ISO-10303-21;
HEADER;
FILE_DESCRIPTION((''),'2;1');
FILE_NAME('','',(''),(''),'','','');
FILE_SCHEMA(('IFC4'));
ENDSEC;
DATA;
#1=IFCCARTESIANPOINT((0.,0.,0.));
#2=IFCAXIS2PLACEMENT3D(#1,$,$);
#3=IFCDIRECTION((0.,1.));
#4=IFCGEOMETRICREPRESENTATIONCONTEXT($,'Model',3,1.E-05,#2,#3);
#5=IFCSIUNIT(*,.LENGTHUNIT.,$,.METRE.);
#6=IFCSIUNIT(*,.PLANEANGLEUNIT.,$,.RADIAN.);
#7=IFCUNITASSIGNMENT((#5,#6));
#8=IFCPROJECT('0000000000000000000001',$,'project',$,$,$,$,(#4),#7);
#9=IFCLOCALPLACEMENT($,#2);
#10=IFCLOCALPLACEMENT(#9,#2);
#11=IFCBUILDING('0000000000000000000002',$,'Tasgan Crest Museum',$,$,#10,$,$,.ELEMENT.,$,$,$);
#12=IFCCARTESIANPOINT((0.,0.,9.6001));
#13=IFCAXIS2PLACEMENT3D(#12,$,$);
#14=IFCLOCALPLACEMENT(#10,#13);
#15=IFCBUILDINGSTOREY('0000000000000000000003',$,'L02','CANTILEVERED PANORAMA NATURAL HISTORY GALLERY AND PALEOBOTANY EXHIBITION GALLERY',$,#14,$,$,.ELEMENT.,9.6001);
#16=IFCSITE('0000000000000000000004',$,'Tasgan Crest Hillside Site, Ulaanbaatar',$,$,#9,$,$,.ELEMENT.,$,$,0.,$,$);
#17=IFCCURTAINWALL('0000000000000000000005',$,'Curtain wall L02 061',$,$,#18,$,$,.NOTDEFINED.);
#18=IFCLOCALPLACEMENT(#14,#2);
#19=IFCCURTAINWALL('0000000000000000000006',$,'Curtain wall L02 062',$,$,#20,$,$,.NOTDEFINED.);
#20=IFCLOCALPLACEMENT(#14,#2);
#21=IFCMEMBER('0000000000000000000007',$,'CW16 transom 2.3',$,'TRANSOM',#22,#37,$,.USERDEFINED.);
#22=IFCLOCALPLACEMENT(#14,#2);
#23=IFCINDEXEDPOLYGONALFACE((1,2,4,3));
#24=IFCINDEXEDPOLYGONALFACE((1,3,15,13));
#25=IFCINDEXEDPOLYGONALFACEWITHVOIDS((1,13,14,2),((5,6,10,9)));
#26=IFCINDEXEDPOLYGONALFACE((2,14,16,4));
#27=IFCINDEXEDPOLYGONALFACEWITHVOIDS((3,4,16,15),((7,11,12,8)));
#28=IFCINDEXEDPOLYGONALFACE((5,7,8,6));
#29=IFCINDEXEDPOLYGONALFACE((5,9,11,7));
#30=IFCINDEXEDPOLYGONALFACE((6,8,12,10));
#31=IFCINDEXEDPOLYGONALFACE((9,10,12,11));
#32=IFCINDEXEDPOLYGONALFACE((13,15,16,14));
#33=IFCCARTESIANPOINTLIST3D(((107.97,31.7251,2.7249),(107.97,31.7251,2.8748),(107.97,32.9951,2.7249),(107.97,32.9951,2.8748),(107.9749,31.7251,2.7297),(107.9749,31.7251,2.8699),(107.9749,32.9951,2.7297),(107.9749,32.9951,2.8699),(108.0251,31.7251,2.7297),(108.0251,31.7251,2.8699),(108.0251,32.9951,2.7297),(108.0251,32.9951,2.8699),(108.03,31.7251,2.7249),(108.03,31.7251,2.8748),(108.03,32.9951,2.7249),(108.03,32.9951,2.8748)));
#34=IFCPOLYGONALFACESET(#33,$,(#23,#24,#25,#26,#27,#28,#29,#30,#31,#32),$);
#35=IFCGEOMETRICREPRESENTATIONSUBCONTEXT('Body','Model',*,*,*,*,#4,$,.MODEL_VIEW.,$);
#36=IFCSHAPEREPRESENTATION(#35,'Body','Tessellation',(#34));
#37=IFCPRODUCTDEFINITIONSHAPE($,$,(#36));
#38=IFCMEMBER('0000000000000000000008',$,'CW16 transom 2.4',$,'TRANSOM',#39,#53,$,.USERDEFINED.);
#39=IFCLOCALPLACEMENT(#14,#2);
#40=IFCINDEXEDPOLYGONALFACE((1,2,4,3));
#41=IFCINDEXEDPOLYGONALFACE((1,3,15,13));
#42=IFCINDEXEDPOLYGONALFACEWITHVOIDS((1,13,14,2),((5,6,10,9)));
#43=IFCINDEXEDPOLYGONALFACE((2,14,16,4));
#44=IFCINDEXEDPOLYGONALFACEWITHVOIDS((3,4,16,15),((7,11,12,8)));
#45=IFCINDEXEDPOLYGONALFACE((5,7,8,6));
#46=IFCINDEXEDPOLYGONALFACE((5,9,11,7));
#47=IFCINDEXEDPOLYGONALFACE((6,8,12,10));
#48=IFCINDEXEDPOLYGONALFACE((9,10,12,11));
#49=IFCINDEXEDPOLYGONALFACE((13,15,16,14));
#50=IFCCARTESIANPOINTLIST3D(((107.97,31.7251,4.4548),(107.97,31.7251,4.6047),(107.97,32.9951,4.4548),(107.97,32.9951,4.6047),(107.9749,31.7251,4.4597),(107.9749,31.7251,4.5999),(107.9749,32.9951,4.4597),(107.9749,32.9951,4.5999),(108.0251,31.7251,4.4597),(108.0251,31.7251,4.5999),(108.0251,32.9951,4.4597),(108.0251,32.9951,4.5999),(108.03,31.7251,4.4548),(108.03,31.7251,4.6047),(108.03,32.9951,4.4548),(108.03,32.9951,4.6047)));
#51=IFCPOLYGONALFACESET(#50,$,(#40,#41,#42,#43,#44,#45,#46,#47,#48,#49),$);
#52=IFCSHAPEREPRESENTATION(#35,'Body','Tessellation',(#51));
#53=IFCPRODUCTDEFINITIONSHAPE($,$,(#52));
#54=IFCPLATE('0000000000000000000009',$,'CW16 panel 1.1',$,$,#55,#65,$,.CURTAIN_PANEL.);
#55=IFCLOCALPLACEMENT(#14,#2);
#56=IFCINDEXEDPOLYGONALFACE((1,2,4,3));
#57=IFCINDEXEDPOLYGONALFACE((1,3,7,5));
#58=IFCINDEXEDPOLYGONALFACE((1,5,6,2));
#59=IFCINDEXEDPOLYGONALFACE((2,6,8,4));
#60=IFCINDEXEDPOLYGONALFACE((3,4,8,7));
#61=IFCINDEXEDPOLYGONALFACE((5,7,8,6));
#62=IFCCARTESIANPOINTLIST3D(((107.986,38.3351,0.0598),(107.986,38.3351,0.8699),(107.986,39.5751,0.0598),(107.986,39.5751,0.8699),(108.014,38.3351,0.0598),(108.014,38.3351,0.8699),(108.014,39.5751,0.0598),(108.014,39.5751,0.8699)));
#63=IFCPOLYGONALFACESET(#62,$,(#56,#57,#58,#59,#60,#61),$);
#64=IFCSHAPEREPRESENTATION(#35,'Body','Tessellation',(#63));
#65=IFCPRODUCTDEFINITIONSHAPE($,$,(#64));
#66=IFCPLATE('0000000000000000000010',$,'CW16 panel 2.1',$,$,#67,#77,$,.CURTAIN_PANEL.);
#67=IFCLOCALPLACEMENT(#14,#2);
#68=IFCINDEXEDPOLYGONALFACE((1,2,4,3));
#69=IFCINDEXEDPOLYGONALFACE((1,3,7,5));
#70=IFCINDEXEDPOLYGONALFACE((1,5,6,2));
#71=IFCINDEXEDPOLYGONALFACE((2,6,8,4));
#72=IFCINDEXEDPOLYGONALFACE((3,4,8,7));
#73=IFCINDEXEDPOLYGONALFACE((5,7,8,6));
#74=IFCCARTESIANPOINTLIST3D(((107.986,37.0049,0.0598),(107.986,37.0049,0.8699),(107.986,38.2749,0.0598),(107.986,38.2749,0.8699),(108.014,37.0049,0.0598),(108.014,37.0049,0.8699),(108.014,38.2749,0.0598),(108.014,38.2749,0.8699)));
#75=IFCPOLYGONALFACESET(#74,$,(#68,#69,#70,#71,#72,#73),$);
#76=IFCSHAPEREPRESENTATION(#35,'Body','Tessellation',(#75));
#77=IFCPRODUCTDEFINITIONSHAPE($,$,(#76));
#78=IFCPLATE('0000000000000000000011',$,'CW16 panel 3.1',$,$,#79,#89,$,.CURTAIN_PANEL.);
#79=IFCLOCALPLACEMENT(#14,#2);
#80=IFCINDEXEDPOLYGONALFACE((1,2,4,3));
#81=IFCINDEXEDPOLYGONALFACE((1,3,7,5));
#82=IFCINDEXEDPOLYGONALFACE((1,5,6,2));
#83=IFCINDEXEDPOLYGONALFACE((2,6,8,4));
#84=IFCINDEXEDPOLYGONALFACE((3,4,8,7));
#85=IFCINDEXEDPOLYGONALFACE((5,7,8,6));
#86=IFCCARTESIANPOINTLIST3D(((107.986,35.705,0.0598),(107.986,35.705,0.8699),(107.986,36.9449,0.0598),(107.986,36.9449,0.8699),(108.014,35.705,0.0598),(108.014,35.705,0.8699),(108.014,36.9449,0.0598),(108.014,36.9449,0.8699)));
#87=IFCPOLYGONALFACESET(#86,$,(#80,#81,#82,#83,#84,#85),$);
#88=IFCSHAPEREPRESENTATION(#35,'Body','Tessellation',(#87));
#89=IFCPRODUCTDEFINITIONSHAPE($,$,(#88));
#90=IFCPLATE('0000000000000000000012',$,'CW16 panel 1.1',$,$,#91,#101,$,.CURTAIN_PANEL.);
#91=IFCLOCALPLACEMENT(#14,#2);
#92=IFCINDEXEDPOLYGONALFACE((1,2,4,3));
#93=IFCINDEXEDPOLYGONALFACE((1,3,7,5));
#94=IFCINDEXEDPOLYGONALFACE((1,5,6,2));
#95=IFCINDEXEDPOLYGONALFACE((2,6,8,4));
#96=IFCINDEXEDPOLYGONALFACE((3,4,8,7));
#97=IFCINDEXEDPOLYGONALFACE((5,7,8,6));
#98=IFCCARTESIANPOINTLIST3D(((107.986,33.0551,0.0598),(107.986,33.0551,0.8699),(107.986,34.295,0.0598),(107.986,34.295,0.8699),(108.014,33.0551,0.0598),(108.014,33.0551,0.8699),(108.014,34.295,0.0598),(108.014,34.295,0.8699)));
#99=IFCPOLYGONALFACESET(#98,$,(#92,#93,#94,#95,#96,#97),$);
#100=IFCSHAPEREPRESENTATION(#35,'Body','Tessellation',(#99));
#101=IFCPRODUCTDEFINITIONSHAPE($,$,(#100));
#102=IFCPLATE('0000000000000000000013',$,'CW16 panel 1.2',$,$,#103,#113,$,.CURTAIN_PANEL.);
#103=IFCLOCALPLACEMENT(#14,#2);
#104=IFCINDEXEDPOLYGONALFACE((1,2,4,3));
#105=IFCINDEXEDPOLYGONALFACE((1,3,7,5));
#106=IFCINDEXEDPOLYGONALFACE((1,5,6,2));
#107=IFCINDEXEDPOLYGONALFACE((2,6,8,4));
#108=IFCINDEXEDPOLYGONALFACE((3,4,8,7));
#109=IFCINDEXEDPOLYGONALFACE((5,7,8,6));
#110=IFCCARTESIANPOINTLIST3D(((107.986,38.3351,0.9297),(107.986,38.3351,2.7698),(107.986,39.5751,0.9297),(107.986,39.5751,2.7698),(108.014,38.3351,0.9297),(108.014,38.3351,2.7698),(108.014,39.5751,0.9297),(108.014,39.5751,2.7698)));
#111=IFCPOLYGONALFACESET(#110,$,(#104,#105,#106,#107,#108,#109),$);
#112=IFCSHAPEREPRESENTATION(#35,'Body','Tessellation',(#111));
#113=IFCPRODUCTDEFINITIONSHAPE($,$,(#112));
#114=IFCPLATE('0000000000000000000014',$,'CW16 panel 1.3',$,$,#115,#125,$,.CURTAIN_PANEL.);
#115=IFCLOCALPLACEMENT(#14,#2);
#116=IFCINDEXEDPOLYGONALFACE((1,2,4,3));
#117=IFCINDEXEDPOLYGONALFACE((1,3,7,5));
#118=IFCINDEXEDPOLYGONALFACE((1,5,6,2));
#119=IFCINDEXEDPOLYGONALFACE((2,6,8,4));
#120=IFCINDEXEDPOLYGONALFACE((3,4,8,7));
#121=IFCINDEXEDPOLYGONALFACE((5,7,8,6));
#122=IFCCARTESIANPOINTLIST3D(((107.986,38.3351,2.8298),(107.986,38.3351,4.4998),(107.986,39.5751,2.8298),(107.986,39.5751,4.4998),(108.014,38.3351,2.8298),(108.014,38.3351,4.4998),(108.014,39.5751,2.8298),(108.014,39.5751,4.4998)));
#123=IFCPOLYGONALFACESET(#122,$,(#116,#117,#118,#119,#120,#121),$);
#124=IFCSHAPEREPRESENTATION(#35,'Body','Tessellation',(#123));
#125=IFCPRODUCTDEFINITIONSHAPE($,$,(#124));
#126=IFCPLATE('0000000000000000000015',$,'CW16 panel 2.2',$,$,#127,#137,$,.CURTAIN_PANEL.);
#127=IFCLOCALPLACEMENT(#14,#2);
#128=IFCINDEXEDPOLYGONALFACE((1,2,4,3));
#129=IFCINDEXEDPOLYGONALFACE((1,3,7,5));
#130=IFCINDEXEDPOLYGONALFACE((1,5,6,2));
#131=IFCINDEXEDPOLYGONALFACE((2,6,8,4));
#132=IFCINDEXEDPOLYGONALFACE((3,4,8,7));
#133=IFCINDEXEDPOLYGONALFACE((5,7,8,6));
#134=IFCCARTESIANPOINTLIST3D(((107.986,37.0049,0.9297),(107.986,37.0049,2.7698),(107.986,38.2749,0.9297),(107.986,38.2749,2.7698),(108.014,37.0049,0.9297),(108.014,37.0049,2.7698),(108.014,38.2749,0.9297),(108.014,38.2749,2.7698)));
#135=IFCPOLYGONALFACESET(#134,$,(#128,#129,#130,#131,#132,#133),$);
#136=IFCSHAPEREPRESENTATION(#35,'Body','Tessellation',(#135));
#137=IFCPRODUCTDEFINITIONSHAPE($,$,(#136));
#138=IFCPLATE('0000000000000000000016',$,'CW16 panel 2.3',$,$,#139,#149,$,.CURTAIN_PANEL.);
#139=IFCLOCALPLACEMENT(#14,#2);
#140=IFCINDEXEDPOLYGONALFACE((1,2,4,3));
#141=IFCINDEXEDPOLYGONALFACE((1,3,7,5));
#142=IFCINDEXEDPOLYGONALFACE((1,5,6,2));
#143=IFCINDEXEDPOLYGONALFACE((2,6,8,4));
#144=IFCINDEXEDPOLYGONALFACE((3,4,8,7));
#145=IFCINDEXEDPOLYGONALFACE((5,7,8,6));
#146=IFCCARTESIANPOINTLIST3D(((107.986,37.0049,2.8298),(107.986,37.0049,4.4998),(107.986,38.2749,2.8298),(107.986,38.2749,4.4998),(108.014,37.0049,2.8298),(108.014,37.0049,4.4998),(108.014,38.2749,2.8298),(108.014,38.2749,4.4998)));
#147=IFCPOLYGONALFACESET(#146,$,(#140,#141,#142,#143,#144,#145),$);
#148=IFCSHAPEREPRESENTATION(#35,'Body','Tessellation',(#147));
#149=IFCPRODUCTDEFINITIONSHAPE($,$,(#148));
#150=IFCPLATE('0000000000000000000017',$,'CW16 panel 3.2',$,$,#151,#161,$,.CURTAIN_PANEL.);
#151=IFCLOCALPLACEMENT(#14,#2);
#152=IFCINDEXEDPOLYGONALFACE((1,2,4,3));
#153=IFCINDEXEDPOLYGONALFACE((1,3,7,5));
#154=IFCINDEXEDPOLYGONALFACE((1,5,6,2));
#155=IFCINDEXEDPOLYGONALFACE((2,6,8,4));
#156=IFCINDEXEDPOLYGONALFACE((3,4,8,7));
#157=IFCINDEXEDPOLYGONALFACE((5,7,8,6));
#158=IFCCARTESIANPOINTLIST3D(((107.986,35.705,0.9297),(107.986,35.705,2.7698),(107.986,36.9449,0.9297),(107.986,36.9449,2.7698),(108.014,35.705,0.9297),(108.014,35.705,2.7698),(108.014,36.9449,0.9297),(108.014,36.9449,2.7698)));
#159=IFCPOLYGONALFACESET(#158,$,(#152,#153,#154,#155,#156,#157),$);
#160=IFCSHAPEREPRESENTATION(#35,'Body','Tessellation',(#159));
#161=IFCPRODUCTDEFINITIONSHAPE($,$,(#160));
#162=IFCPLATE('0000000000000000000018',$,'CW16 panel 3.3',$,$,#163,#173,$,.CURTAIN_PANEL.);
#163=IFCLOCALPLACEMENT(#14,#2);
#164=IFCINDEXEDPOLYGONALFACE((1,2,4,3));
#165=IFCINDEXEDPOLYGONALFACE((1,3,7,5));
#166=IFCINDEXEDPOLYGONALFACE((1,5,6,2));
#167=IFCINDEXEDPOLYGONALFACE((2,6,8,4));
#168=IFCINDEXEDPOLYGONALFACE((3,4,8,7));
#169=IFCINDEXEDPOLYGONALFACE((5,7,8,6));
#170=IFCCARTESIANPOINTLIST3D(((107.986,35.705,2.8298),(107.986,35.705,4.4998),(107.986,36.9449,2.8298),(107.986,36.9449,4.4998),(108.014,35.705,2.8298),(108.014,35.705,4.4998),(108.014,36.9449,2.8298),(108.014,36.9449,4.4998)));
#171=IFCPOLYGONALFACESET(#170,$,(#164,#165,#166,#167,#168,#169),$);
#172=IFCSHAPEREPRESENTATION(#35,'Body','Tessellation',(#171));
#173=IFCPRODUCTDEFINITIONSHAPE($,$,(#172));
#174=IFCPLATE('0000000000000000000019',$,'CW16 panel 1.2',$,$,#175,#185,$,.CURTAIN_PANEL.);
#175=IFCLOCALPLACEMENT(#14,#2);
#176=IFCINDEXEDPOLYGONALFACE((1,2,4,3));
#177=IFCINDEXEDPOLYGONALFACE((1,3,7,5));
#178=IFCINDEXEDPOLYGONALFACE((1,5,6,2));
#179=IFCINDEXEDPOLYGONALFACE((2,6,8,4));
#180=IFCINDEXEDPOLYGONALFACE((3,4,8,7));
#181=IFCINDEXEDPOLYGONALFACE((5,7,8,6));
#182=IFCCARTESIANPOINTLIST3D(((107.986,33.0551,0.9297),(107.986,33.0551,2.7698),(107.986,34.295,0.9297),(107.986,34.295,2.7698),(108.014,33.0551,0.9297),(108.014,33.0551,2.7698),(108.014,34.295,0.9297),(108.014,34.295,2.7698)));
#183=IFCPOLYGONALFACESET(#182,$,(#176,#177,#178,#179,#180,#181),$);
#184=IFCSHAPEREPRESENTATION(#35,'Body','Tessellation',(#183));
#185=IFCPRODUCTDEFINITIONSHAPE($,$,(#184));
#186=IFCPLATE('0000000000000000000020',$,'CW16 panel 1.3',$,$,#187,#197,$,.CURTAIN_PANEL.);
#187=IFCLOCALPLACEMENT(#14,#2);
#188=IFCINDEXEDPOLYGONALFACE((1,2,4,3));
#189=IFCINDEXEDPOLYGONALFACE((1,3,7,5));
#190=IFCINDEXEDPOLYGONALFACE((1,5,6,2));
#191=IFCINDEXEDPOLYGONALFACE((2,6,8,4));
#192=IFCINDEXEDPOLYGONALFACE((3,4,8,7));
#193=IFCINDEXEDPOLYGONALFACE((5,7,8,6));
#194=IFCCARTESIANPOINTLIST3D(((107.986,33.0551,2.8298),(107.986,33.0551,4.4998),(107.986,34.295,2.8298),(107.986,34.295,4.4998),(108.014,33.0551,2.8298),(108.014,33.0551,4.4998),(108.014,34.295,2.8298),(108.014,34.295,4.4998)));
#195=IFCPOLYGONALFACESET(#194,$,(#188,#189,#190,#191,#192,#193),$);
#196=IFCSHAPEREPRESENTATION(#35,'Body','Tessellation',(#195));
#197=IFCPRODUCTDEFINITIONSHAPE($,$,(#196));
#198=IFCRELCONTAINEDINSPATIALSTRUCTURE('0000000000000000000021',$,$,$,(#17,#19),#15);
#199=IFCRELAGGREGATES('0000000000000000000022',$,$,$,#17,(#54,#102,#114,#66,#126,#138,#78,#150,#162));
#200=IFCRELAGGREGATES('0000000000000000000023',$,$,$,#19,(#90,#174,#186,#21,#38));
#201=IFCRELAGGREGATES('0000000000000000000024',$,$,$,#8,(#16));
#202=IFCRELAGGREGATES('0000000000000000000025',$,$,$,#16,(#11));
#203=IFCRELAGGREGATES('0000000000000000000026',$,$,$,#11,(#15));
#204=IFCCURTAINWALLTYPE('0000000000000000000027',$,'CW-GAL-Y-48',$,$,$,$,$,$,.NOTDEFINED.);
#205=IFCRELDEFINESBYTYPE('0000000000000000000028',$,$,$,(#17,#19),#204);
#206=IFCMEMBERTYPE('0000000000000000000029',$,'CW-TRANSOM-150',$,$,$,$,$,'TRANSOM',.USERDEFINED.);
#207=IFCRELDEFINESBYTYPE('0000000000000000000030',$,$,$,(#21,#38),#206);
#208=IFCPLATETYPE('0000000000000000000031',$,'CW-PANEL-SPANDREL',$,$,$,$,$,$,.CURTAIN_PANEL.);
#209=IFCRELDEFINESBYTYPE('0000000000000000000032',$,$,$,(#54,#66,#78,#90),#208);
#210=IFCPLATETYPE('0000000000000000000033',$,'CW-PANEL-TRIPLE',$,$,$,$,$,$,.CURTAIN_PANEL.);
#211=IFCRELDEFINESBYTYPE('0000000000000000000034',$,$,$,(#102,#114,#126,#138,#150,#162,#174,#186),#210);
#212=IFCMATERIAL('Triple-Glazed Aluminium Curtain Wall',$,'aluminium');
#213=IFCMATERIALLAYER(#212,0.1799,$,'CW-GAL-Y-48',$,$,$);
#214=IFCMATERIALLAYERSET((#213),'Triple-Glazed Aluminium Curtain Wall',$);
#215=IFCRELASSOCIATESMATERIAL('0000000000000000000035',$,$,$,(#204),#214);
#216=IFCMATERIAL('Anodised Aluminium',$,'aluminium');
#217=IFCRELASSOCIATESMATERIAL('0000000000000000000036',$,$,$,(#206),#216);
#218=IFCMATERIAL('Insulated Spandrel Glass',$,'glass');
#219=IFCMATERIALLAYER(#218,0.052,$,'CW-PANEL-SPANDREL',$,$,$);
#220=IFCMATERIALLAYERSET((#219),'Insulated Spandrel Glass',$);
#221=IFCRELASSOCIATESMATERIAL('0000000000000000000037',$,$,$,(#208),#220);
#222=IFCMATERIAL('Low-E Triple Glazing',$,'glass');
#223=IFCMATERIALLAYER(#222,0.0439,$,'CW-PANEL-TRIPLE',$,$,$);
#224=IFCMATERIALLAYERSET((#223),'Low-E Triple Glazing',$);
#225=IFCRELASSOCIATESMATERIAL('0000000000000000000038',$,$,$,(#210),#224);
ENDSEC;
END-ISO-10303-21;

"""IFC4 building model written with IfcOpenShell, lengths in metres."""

from ifc_helpers import new_model, si_unit, direction, frame, origin, origin_2d, place, context, subcontext, project, spatial, rectangle, hollow_rectangle, extrude, material, layer, layer_set, material_profile, profile_set, type_object, element, aggregate, save


model = new_model("IFC4")

# Units and contexts
model_context = context("Model", 3, precision=1e-05, world=origin(), true_north=direction((0.0, 1.0)))
body_context = subcontext(model_context, "Body", "Model", "MODEL_VIEW")
ifc_project = project(units=[si_unit("LENGTHUNIT", "METRE"), si_unit("PLANEANGLEUNIT", "RADIAN")], contexts=[model_context])

# Site, building, storey
site_placement = place(None, origin())
site = spatial("IfcSite", under=ifc_project, at=site_placement, Name="Tasgan Crest Hillside Site, Ulaanbaatar", CompositionType="ELEMENT", RefElevation=0.0)
building_placement = place(site_placement, origin())
building = spatial("IfcBuilding", under=site, at=building_placement, Name="Tasgan Crest Museum", CompositionType="ELEMENT")
storey_placement = place(building_placement, frame((0.0, 0.0, 9.6001)))
storey = spatial("IfcBuildingStorey", under=building, at=storey_placement, Name="L02", Description="CANTILEVERED PANORAMA NATURAL HISTORY GALLERY AND PALEOBOTANY EXHIBITION GALLERY", CompositionType="ELEMENT", Elevation=9.6001)

# Curtain walls
ifc_material_1 = material(Name="Triple-Glazed Aluminium Curtain Wall", Category="aluminium")
ifc_layer_1 = layer(ifc_material_1, 0.1799, Name="CW-GAL-Y-48")
ifc_layer_set_1 = layer_set([ifc_layer_1], Name="Triple-Glazed Aluminium Curtain Wall")
curtain_wall_type = type_object("IfcCurtainWallType", Name="CW-GAL-Y-48", PredefinedType="NOTDEFINED", material=ifc_layer_set_1)
curtain_wall_1_placement = place(storey_placement, origin())
curtain_wall_1 = element("IfcCurtainWall", 1, at=curtain_wall_1_placement, inside=storey, type_object=curtain_wall_type, Name="Curtain wall L02 061", PredefinedType="NOTDEFINED")
curtain_wall_2_placement = place(storey_placement, origin())
curtain_wall_2 = element("IfcCurtainWall", 2, at=curtain_wall_2_placement, inside=storey, type_object=curtain_wall_type, Name="Curtain wall L02 062", PredefinedType="NOTDEFINED")

# Members
ifc_material_2 = material(Name="Anodised Aluminium", Category="aluminium")
ifc_material_profile_1 = material_profile(ifc_material_2, hollow_rectangle(XDim=0.0601, YDim=0.1499, WallThickness=0.0049, at=origin_2d()), Name="ALU TRANSOM 150x60x5")
ifc_profile_set_1 = profile_set([ifc_material_profile_1], Name="Anodised Aluminium")
member_type_1 = type_object("IfcMemberType", Name="CW-TRANSOM-150", ElementType="TRANSOM", PredefinedType="USERDEFINED", material=ifc_profile_set_1)
member_1_placement = place(storey_placement, frame((108.0, 32.9951, 2.7998), z_axis=(0.0, -1.0, 0.0), x_axis=(1.0, 0.0, 0.0)))
member_1 = element("IfcMember", 3, at=member_1_placement, type_object=member_type_1, Name="CW16 transom 2.3", ObjectType="TRANSOM", PredefinedType="USERDEFINED", context=body_context, shape_type="SweptSolid", body=[
    extrude(hollow_rectangle(XDim=0.0601, YDim=0.1499, WallThickness=0.0049, at=origin_2d()), origin(), (0.0, 0.0, 1.0), 1.27),
])
member_2_placement = place(storey_placement, frame((108.0, 32.9951, 4.5298), z_axis=(0.0, -1.0, 0.0), x_axis=(1.0, 0.0, 0.0)))
member_2 = element("IfcMember", 4, at=member_2_placement, type_object=member_type_1, Name="CW16 transom 2.4", ObjectType="TRANSOM", PredefinedType="USERDEFINED", context=body_context, shape_type="SweptSolid", body=[
    extrude(hollow_rectangle(XDim=0.0601, YDim=0.1499, WallThickness=0.0049, at=origin_2d()), origin(), (0.0, 0.0, 1.0), 1.27),
])

# Plates
ifc_material_3 = material(Name="Insulated Spandrel Glass", Category="glass")
ifc_layer_2 = layer(ifc_material_3, 0.052, Name="CW-PANEL-SPANDREL")
ifc_layer_set_2 = layer_set([ifc_layer_2], Name="Insulated Spandrel Glass")
plate_type_1 = type_object("IfcPlateType", Name="CW-PANEL-SPANDREL", PredefinedType="CURTAIN_PANEL", material=ifc_layer_set_2)
plate_1_placement = place(storey_placement, frame((108.0, 38.9551, 0.0598), z_axis=(0.0, 0.0, 1.0), x_axis=(0.0, -1.0, 0.0)))
plate_1 = element("IfcPlate", 5, at=plate_1_placement, type_object=plate_type_1, Name="CW16 panel 1.1", PredefinedType="CURTAIN_PANEL", context=body_context, shape_type="SweptSolid", body=[
    extrude(rectangle(XDim=1.24, YDim=0.0281, at=origin_2d()), origin(), (0.0, 0.0, 1.0), 0.8101),
])
plate_2_placement = place(storey_placement, frame((108.0, 37.6399, 0.0598), z_axis=(0.0, 0.0, 1.0), x_axis=(0.0, -1.0, 0.0)))
plate_2 = element("IfcPlate", 6, at=plate_2_placement, type_object=plate_type_1, Name="CW16 panel 2.1", PredefinedType="CURTAIN_PANEL", context=body_context, shape_type="SweptSolid", body=[
    extrude(rectangle(XDim=1.27, YDim=0.0281, at=origin_2d()), origin(), (0.0, 0.0, 1.0), 0.8101),
])
plate_3_placement = place(storey_placement, frame((108.0, 36.325, 0.0598), z_axis=(0.0, 0.0, 1.0), x_axis=(0.0, -1.0, 0.0)))
plate_3 = element("IfcPlate", 7, at=plate_3_placement, type_object=plate_type_1, Name="CW16 panel 3.1", PredefinedType="CURTAIN_PANEL", context=body_context, shape_type="SweptSolid", body=[
    extrude(rectangle(XDim=1.24, YDim=0.0281, at=origin_2d()), origin(), (0.0, 0.0, 1.0), 0.8101),
])
plate_4_placement = place(storey_placement, frame((108.0, 33.675, 0.0598), z_axis=(0.0, 0.0, 1.0), x_axis=(0.0, -1.0, 0.0)))
plate_4 = element("IfcPlate", 8, at=plate_4_placement, type_object=plate_type_1, Name="CW16 panel 1.1", PredefinedType="CURTAIN_PANEL", context=body_context, shape_type="SweptSolid", body=[
    extrude(rectangle(XDim=1.24, YDim=0.0281, at=origin_2d()), origin(), (0.0, 0.0, 1.0), 0.8101),
])
ifc_material_4 = material(Name="Low-E Triple Glazing", Category="glass")
ifc_layer_3 = layer(ifc_material_4, 0.0439, Name="CW-PANEL-TRIPLE")
ifc_layer_set_3 = layer_set([ifc_layer_3], Name="Low-E Triple Glazing")
plate_type_2 = type_object("IfcPlateType", Name="CW-PANEL-TRIPLE", PredefinedType="CURTAIN_PANEL", material=ifc_layer_set_3)
plate_5_placement = place(storey_placement, frame((108.0, 38.9551, 0.9297), z_axis=(0.0, 0.0, 1.0), x_axis=(0.0, -1.0, 0.0)))
plate_5 = element("IfcPlate", 9, at=plate_5_placement, type_object=plate_type_2, Name="CW16 panel 1.2", PredefinedType="CURTAIN_PANEL", context=body_context, shape_type="SweptSolid", body=[
    extrude(rectangle(XDim=1.24, YDim=0.0281, at=origin_2d()), origin(), (0.0, 0.0, 1.0), 1.8401),
])
plate_6_placement = place(storey_placement, frame((108.0, 38.9551, 2.8298), z_axis=(0.0, 0.0, 1.0), x_axis=(0.0, -1.0, 0.0)))
plate_6 = element("IfcPlate", 10, at=plate_6_placement, type_object=plate_type_2, Name="CW16 panel 1.3", PredefinedType="CURTAIN_PANEL", context=body_context, shape_type="SweptSolid", body=[
    extrude(rectangle(XDim=1.24, YDim=0.0281, at=origin_2d()), origin(), (0.0, 0.0, 1.0), 1.6699),
])
plate_7_placement = place(storey_placement, frame((108.0, 37.6399, 0.9297), z_axis=(0.0, 0.0, 1.0), x_axis=(0.0, -1.0, 0.0)))
plate_7 = element("IfcPlate", 11, at=plate_7_placement, type_object=plate_type_2, Name="CW16 panel 2.2", PredefinedType="CURTAIN_PANEL", context=body_context, shape_type="SweptSolid", body=[
    extrude(rectangle(XDim=1.27, YDim=0.0281, at=origin_2d()), origin(), (0.0, 0.0, 1.0), 1.8401),
])
plate_8_placement = place(storey_placement, frame((108.0, 37.6399, 2.8298), z_axis=(0.0, 0.0, 1.0), x_axis=(0.0, -1.0, 0.0)))
plate_8 = element("IfcPlate", 12, at=plate_8_placement, type_object=plate_type_2, Name="CW16 panel 2.3", PredefinedType="CURTAIN_PANEL", context=body_context, shape_type="SweptSolid", body=[
    extrude(rectangle(XDim=1.27, YDim=0.0281, at=origin_2d()), origin(), (0.0, 0.0, 1.0), 1.6699),
])
plate_9_placement = place(storey_placement, frame((108.0, 36.325, 0.9297), z_axis=(0.0, 0.0, 1.0), x_axis=(0.0, -1.0, 0.0)))
plate_9 = element("IfcPlate", 13, at=plate_9_placement, type_object=plate_type_2, Name="CW16 panel 3.2", PredefinedType="CURTAIN_PANEL", context=body_context, shape_type="SweptSolid", body=[
    extrude(rectangle(XDim=1.24, YDim=0.0281, at=origin_2d()), origin(), (0.0, 0.0, 1.0), 1.8401),
])
plate_10_placement = place(storey_placement, frame((108.0, 36.325, 2.8298), z_axis=(0.0, 0.0, 1.0), x_axis=(0.0, -1.0, 0.0)))
plate_10 = element("IfcPlate", 14, at=plate_10_placement, type_object=plate_type_2, Name="CW16 panel 3.3", PredefinedType="CURTAIN_PANEL", context=body_context, shape_type="SweptSolid", body=[
    extrude(rectangle(XDim=1.24, YDim=0.0281, at=origin_2d()), origin(), (0.0, 0.0, 1.0), 1.6699),
])
aggregate(curtain_wall_1, [plate_1, plate_5, plate_6, plate_2, plate_7, plate_8, plate_3, plate_9, plate_10])
plate_11_placement = place(storey_placement, frame((108.0, 33.675, 0.9297), z_axis=(0.0, 0.0, 1.0), x_axis=(0.0, -1.0, 0.0)))
plate_11 = element("IfcPlate", 15, at=plate_11_placement, type_object=plate_type_2, Name="CW16 panel 1.2", PredefinedType="CURTAIN_PANEL", context=body_context, shape_type="SweptSolid", body=[
    extrude(rectangle(XDim=1.24, YDim=0.0281, at=origin_2d()), origin(), (0.0, 0.0, 1.0), 1.8401),
])
plate_12_placement = place(storey_placement, frame((108.0, 33.675, 2.8298), z_axis=(0.0, 0.0, 1.0), x_axis=(0.0, -1.0, 0.0)))
plate_12 = element("IfcPlate", 16, at=plate_12_placement, type_object=plate_type_2, Name="CW16 panel 1.3", PredefinedType="CURTAIN_PANEL", context=body_context, shape_type="SweptSolid", body=[
    extrude(rectangle(XDim=1.24, YDim=0.0281, at=origin_2d()), origin(), (0.0, 0.0, 1.0), 1.6699),
])
aggregate(curtain_wall_2, [plate_4, plate_11, plate_12, member_1, member_2])

save(model, "model.ifc")
